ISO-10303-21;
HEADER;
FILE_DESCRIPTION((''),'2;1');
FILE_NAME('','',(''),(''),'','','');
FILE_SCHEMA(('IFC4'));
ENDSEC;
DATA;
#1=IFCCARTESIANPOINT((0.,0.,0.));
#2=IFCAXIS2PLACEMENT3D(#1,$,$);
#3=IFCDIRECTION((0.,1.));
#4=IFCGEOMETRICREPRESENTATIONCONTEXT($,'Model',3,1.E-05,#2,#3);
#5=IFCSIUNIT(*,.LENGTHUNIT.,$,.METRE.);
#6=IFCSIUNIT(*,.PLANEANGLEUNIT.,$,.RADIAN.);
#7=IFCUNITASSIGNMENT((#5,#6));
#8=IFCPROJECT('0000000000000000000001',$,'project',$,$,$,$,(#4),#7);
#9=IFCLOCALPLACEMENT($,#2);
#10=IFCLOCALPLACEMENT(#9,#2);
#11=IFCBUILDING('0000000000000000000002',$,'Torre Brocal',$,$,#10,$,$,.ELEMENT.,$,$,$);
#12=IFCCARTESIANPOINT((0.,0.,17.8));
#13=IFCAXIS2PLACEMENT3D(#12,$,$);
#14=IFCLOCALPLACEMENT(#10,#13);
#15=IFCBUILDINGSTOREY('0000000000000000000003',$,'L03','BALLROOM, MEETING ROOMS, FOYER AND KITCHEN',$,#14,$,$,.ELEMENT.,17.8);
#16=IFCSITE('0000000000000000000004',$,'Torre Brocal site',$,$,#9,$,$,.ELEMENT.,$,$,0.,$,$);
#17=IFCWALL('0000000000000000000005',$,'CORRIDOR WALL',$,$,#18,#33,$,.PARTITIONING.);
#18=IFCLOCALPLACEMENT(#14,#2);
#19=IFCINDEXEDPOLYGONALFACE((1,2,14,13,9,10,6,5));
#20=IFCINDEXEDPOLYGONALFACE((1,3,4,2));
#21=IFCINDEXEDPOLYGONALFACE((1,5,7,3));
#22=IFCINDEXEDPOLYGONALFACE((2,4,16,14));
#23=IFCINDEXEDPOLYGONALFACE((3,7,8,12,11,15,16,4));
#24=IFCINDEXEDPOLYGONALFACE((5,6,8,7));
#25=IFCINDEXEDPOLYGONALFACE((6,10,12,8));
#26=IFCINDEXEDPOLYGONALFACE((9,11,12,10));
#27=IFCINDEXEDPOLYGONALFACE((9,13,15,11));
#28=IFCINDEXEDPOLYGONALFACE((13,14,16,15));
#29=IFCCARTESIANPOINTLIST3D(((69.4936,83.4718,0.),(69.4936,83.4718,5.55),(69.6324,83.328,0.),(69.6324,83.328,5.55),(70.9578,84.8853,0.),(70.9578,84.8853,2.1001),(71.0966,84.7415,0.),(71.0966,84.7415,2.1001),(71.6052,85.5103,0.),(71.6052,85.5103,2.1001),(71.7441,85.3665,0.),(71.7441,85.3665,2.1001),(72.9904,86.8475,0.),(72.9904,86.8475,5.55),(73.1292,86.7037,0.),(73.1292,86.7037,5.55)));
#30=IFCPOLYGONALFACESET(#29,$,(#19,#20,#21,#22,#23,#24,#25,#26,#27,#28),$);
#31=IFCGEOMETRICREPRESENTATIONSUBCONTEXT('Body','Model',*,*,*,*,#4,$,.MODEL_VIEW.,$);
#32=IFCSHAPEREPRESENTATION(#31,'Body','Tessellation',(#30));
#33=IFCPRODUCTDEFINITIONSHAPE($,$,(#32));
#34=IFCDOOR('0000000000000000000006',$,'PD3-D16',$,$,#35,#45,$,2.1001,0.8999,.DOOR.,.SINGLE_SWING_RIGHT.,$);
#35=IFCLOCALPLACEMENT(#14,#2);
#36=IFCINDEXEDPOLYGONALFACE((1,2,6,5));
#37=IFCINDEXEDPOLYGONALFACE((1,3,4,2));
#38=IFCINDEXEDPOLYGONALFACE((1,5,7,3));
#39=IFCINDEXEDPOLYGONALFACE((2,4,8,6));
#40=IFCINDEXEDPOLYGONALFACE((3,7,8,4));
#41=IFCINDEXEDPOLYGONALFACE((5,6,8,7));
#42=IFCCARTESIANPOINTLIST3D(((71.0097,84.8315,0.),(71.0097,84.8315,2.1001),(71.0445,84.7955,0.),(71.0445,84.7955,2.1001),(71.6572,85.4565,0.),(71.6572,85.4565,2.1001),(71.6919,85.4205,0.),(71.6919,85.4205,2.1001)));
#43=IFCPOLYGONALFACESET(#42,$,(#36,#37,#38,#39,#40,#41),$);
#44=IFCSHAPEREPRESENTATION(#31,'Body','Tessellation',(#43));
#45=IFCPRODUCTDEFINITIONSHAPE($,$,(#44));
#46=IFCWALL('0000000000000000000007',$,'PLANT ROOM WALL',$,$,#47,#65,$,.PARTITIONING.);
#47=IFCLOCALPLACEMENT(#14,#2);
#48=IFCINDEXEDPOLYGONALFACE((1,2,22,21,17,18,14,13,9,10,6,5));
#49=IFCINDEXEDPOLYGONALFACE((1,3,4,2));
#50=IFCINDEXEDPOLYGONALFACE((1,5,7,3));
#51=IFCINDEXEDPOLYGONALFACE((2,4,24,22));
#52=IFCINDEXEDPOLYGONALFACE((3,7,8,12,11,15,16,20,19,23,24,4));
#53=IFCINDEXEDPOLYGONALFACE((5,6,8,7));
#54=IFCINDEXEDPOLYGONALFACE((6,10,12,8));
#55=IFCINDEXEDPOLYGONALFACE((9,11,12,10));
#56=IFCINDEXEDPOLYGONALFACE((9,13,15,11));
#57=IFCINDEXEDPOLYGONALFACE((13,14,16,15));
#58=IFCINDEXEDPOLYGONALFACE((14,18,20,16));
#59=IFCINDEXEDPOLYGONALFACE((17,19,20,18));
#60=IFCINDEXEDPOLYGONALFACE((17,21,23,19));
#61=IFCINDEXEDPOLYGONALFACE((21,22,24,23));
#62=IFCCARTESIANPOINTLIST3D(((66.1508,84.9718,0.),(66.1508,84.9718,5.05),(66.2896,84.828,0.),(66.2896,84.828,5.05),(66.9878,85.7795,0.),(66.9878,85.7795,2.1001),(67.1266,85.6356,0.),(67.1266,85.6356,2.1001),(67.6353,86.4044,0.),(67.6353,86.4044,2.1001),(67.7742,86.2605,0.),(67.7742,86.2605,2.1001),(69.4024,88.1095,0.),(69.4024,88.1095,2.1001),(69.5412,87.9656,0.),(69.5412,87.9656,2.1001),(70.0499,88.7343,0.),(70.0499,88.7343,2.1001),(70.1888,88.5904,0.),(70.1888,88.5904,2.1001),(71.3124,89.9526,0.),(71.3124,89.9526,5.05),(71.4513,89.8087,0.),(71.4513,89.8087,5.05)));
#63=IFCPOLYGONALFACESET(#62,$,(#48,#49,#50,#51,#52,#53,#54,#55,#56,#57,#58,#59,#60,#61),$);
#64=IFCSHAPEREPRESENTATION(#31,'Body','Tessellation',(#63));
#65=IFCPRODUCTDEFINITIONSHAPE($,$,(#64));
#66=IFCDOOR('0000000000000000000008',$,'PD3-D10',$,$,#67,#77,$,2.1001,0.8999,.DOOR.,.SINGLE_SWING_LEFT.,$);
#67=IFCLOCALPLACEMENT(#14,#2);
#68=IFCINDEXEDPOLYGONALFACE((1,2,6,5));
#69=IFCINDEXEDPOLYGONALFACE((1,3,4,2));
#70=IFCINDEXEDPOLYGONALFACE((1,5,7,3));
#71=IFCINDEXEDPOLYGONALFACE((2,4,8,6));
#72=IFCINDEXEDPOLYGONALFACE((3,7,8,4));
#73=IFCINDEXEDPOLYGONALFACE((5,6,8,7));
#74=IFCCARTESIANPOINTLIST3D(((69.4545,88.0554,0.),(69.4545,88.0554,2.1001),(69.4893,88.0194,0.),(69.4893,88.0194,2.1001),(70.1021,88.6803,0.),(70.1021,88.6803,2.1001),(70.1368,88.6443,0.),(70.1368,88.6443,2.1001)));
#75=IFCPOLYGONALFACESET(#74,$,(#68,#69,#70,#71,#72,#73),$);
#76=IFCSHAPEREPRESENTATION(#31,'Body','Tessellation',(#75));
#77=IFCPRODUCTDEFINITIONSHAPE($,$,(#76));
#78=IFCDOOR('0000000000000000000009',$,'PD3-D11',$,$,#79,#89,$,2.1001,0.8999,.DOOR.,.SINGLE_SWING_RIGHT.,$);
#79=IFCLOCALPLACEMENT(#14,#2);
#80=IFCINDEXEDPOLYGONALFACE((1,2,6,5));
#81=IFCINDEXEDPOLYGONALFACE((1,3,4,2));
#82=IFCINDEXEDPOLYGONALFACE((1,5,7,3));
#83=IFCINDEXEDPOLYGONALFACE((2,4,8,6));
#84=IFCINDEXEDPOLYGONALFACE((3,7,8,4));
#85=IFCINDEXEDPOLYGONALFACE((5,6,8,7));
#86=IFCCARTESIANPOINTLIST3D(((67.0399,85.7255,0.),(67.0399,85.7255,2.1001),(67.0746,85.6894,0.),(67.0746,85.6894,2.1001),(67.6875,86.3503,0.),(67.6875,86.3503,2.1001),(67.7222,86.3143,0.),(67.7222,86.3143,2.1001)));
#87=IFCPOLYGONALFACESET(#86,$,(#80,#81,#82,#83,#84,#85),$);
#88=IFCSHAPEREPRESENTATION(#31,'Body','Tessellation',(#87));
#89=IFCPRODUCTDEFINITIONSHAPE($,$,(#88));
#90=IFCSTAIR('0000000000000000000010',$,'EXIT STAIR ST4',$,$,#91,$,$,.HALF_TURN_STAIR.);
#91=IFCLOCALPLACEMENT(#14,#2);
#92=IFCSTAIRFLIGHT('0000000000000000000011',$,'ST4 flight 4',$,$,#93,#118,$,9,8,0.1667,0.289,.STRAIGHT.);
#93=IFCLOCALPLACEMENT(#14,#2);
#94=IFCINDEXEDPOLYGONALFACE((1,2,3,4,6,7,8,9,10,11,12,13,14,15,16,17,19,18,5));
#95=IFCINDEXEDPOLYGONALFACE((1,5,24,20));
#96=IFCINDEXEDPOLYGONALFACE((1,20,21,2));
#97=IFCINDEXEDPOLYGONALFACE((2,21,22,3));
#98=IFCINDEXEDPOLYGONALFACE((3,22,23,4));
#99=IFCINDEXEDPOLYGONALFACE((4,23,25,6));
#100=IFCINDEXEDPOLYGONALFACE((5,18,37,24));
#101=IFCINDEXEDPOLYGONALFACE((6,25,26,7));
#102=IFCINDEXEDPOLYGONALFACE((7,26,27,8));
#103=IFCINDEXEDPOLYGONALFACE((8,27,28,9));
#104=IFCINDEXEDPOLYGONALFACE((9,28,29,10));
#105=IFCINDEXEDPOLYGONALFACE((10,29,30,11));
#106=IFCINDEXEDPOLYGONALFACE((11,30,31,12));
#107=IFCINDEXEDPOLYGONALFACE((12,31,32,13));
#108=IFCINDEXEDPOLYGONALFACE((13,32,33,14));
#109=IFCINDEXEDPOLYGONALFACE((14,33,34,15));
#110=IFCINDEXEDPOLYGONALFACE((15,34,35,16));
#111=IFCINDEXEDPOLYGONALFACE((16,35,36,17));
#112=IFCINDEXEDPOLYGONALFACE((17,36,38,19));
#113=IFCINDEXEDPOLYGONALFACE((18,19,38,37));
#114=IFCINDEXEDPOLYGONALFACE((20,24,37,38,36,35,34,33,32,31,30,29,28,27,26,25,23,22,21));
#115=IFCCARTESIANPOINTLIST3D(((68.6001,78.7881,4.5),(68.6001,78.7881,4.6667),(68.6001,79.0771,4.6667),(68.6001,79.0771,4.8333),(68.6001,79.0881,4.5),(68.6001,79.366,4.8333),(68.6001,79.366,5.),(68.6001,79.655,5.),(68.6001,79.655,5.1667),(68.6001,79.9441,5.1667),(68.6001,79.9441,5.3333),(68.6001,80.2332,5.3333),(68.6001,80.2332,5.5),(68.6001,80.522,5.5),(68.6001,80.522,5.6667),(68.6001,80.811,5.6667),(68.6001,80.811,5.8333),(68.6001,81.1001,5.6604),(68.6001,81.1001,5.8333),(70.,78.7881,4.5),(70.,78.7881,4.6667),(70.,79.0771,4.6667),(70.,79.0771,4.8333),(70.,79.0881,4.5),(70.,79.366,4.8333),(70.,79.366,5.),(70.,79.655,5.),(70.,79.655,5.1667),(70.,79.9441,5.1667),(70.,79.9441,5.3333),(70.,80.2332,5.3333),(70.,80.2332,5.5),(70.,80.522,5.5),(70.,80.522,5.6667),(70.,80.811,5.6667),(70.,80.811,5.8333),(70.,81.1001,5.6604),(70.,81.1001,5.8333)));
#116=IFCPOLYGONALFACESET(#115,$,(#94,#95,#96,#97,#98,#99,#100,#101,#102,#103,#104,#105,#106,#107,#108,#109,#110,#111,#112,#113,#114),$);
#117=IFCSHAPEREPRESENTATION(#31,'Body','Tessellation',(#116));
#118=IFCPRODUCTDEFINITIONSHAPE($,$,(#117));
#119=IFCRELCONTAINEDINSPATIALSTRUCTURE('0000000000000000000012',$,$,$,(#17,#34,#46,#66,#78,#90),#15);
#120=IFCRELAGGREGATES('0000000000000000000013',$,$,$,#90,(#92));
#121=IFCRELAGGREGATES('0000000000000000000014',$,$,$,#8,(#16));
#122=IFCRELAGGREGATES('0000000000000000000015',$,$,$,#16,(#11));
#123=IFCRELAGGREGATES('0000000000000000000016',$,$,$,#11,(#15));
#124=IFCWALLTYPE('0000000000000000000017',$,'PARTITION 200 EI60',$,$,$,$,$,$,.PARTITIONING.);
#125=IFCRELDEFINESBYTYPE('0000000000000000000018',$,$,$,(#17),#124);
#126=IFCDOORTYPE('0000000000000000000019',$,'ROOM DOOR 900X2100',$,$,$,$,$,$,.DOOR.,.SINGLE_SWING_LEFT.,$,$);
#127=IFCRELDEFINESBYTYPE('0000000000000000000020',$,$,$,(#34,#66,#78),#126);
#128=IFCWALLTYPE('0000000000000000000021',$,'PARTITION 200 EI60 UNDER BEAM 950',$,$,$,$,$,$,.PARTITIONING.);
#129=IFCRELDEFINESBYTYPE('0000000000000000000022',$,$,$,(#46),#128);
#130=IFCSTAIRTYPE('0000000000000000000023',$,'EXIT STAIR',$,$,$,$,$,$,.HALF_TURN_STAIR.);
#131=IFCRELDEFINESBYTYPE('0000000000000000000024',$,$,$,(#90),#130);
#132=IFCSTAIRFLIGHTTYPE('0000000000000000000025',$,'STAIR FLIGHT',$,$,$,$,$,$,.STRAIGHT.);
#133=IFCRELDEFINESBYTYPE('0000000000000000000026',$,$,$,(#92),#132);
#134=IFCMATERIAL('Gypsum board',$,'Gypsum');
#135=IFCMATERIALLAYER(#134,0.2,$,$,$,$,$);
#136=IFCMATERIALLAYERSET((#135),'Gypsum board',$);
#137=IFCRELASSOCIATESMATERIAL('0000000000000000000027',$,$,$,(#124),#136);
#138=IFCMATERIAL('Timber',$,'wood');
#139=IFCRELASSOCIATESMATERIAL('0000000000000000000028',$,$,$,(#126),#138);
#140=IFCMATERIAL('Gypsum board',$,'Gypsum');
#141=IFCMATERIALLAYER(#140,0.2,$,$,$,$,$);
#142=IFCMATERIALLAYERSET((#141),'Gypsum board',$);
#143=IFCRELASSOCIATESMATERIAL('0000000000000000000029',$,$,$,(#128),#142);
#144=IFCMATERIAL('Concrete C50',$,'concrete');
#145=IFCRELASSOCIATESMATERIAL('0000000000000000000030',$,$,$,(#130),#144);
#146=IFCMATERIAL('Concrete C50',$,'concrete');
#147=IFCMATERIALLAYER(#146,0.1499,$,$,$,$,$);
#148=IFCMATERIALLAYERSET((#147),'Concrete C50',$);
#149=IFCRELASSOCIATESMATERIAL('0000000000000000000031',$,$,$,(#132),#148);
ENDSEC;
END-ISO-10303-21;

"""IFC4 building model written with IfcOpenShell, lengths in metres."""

from ifc_helpers import new_model, si_unit, direction, frame, frame_2d, origin, place, context, subcontext, project, spatial, polyline, rectangle, outline, extrude, material, layer, layer_set, type_object, element, fill, aggregate, save


model = new_model("IFC4")

# Units and contexts
model_context = context("Model", 3, precision=1e-05, world=origin(), true_north=direction((0.0, 1.0)))
body_context = subcontext(model_context, "Body", "Model", "MODEL_VIEW")
ifc_project = project(units=[si_unit("LENGTHUNIT", "METRE"), si_unit("PLANEANGLEUNIT", "RADIAN")], contexts=[model_context])

# Site, building, storey
site_placement = place(None, origin())
site = spatial("IfcSite", under=ifc_project, at=site_placement, Name="Torre Brocal site", CompositionType="ELEMENT", RefElevation=0.0)
building_placement = place(site_placement, origin())
building = spatial("IfcBuilding", under=site, at=building_placement, Name="Torre Brocal", CompositionType="ELEMENT")
storey_placement = place(building_placement, frame((0.0, 0.0, 17.8)))
storey = spatial("IfcBuildingStorey", under=building, at=storey_placement, Name="L03", Description="BALLROOM, MEETING ROOMS, FOYER AND KITCHEN", CompositionType="ELEMENT", Elevation=17.8)

# Shared definitions
ifc_material_1 = material(Name="Gypsum board", Category="Gypsum")
ifc_layer_1 = layer(ifc_material_1, 0.2)
ifc_layer_set_1 = layer_set([ifc_layer_1], Name="Gypsum board")
wall_type_1 = type_object("IfcWallType", Name="PARTITION 200 EI60", PredefinedType="PARTITIONING", material=ifc_layer_set_1)
ifc_material_2 = material(Name="Timber", Category="wood")
door_type_1 = type_object("IfcDoorType", Name="ROOM DOOR 900X2100", OperationType="SINGLE_SWING_LEFT", PredefinedType="DOOR", material=ifc_material_2)

# Wall, opening, door
wall_1_placement = place(storey_placement, frame((69.563, 83.3999, 0.0), z_axis=(0.0, 0.0, 1.0), x_axis=(0.719454, 0.69454, 0.0)))
wall_1 = element("IfcWall", 1, at=wall_1_placement, inside=storey, type_object=wall_type_1, Name="CORRIDOR WALL", PredefinedType="PARTITIONING", context=body_context, shape_type="SweptSolid", body=[
    extrude(rectangle(XDim=4.8604, YDim=0.2, at=frame_2d((2.4302, 0.0))), origin(), (0.0, 0.0, 1.0), 5.55),
])
opening_1_placement = place(wall_1_placement, frame((2.0352, 0.0, 0.0)))
opening_1 = element("IfcOpeningElement", 2, at=opening_1_placement, cuts=wall_1, PredefinedType="OPENING", context=body_context, shape_type="SweptSolid", body=[
    extrude(rectangle(XDim=0.8999, YDim=2.1001, at=frame_2d((0.45, 1.05))), frame((0.0, 0.1099, 0.0), z_axis=(0.0, -1.0, 0.0), x_axis=(1.0, 0.0, 0.0)), (0.0, 0.0, 1.0), 0.22),
])
door_1_placement = place(opening_1_placement, frame((0.8999, 0.0, 0.0), z_axis=(0.0, 0.0, 1.0), x_axis=(-1.0, 0.0, 0.0)))
door_1 = element("IfcDoor", 3, at=door_1_placement, inside=storey, type_object=door_type_1, Name="PD3-D16", OperationType="SINGLE_SWING_RIGHT", OverallHeight=2.1001, OverallWidth=0.8999, PredefinedType="DOOR", context=body_context, shape_type="SweptSolid", body=[
    extrude(rectangle(XDim=0.8999, YDim=2.1001, at=frame_2d((0.45, 1.05))), frame((0.0, 0.0249, 0.0), z_axis=(0.0, -1.0, 0.0), x_axis=(1.0, 0.0, 0.0)), (0.0, 0.0, 1.0), 0.05),
])
fill(opening_1, door_1)

# Wall, openings, doors
ifc_material_3 = material(Name="Gypsum board", Category="Gypsum")
ifc_layer_2 = layer(ifc_material_3, 0.2)
ifc_layer_set_2 = layer_set([ifc_layer_2], Name="Gypsum board")
wall_type_2 = type_object("IfcWallType", Name="PARTITION 200 EI60 UNDER BEAM 950", PredefinedType="PARTITIONING", material=ifc_layer_set_2)
wall_2_placement = place(storey_placement, frame((66.2202, 84.8999, 0.0), z_axis=(0.0, 0.0, 1.0), x_axis=(0.719605, 0.694384, 0.0)))
wall_2 = element("IfcWall", 4, at=wall_2_placement, inside=storey, type_object=wall_type_2, Name="PLANT ROOM WALL", PredefinedType="PARTITIONING", context=body_context, shape_type="SweptSolid", body=[
    extrude(rectangle(XDim=7.1729, YDim=0.2, at=frame_2d((3.5864, 0.0))), origin(), (0.0, 0.0, 1.0), 5.05),
])
opening_2_placement = place(wall_2_placement, frame((4.5186, 0.0, 0.0)))
opening_2 = element("IfcOpeningElement", 5, at=opening_2_placement, cuts=wall_2, PredefinedType="OPENING", context=body_context, shape_type="SweptSolid", body=[
    extrude(rectangle(XDim=0.8999, YDim=2.1001, at=frame_2d((0.45, 1.05))), frame((0.0, 0.1099, 0.0), z_axis=(0.0, -1.0, 0.0), x_axis=(1.0, 0.0, 0.0)), (0.0, 0.0, 1.0), 0.22),
])
opening_3_placement = place(wall_2_placement, frame((1.1631, 0.0, 0.0)))
opening_3 = element("IfcOpeningElement", 6, at=opening_3_placement, cuts=wall_2, PredefinedType="OPENING", context=body_context, shape_type="SweptSolid", body=[
    extrude(rectangle(XDim=0.8999, YDim=2.1001, at=frame_2d((0.45, 1.05))), frame((0.0, 0.1099, 0.0), z_axis=(0.0, -1.0, 0.0), x_axis=(1.0, 0.0, 0.0)), (0.0, 0.0, 1.0), 0.22),
])
door_2_placement = place(opening_2_placement, origin())
door_2 = element("IfcDoor", 7, at=door_2_placement, inside=storey, type_object=door_type_1, Name="PD3-D10", OperationType="SINGLE_SWING_LEFT", OverallHeight=2.1001, OverallWidth=0.8999, PredefinedType="DOOR", context=body_context, shape_type="SweptSolid", body=[
    extrude(rectangle(XDim=0.8999, YDim=2.1001, at=frame_2d((0.45, 1.05))), frame((0.0, 0.0249, 0.0), z_axis=(0.0, -1.0, 0.0), x_axis=(1.0, 0.0, 0.0)), (0.0, 0.0, 1.0), 0.05),
])
fill(opening_2, door_2)
door_3_placement = place(opening_3_placement, origin())
door_3 = element("IfcDoor", 8, at=door_3_placement, inside=storey, type_object=door_type_1, Name="PD3-D11", OperationType="SINGLE_SWING_RIGHT", OverallHeight=2.1001, OverallWidth=0.8999, PredefinedType="DOOR", context=body_context, shape_type="SweptSolid", body=[
    extrude(rectangle(XDim=0.8999, YDim=2.1001, at=frame_2d((0.45, 1.05))), frame((0.0, 0.0249, 0.0), z_axis=(0.0, -1.0, 0.0), x_axis=(1.0, 0.0, 0.0)), (0.0, 0.0, 1.0), 0.05),
])
fill(opening_3, door_3)

# Stair, stair flight
ifc_material_4 = material(Name="Concrete C50", Category="concrete")
stair_type = type_object("IfcStairType", Name="EXIT STAIR", PredefinedType="HALF_TURN_STAIR", material=ifc_material_4)
stair_placement = place(storey_placement, origin())
stair = element("IfcStair", 9, at=stair_placement, inside=storey, type_object=stair_type, Name="EXIT STAIR ST4", PredefinedType="HALF_TURN_STAIR")
ifc_material_5 = material(Name="Concrete C50", Category="concrete")
ifc_layer_3 = layer(ifc_material_5, 0.1499)
ifc_layer_set_3 = layer_set([ifc_layer_3], Name="Concrete C50")
stair_flight_type = type_object("IfcStairFlightType", Name="STAIR FLIGHT", PredefinedType="STRAIGHT", material=ifc_layer_set_3)
stair_flight_placement = place(storey_placement, frame((69.3, 78.7881, 4.5), z_axis=(0.0, 0.0, 1.0), x_axis=(0.0, 1.0, 0.0)))
stair_flight = element("IfcStairFlight", 10, at=stair_flight_placement, type_object=stair_flight_type, Name="ST4 flight 4", NumberOfRisers=9, NumberOfTreads=8, PredefinedType="STRAIGHT", RiserHeight=0.1667, TreadLength=0.289, context=body_context, shape_type="SweptSolid", body=[
    extrude(outline(polyline([(0.0, 0.0), (0.0, 0.1667), (0.2891, 0.1667), (0.2891, 0.3333), (0.5779, 0.3333), (0.5779, 0.5), (0.8669, 0.5), (0.8669, 0.6667), (1.156, 0.6667), (1.156, 0.8333), (1.4451, 0.8333), (1.4451, 1.0), (1.7339, 1.0), (1.7339, 1.1667), (2.0229, 1.1667), (2.0229, 1.3333), (2.312, 1.3333), (2.312, 1.5), (2.312, 1.1604), (0.3, 0.0), (0.0, 0.0)])), frame((0.0, 0.7, 0.0), z_axis=(0.0, -1.0, 0.0), x_axis=(1.0, 0.0, 0.0)), (0.0, 0.0, 1.0), 1.3999),
])
aggregate(stair, [stair_flight])

save(model, "model.ifc")
